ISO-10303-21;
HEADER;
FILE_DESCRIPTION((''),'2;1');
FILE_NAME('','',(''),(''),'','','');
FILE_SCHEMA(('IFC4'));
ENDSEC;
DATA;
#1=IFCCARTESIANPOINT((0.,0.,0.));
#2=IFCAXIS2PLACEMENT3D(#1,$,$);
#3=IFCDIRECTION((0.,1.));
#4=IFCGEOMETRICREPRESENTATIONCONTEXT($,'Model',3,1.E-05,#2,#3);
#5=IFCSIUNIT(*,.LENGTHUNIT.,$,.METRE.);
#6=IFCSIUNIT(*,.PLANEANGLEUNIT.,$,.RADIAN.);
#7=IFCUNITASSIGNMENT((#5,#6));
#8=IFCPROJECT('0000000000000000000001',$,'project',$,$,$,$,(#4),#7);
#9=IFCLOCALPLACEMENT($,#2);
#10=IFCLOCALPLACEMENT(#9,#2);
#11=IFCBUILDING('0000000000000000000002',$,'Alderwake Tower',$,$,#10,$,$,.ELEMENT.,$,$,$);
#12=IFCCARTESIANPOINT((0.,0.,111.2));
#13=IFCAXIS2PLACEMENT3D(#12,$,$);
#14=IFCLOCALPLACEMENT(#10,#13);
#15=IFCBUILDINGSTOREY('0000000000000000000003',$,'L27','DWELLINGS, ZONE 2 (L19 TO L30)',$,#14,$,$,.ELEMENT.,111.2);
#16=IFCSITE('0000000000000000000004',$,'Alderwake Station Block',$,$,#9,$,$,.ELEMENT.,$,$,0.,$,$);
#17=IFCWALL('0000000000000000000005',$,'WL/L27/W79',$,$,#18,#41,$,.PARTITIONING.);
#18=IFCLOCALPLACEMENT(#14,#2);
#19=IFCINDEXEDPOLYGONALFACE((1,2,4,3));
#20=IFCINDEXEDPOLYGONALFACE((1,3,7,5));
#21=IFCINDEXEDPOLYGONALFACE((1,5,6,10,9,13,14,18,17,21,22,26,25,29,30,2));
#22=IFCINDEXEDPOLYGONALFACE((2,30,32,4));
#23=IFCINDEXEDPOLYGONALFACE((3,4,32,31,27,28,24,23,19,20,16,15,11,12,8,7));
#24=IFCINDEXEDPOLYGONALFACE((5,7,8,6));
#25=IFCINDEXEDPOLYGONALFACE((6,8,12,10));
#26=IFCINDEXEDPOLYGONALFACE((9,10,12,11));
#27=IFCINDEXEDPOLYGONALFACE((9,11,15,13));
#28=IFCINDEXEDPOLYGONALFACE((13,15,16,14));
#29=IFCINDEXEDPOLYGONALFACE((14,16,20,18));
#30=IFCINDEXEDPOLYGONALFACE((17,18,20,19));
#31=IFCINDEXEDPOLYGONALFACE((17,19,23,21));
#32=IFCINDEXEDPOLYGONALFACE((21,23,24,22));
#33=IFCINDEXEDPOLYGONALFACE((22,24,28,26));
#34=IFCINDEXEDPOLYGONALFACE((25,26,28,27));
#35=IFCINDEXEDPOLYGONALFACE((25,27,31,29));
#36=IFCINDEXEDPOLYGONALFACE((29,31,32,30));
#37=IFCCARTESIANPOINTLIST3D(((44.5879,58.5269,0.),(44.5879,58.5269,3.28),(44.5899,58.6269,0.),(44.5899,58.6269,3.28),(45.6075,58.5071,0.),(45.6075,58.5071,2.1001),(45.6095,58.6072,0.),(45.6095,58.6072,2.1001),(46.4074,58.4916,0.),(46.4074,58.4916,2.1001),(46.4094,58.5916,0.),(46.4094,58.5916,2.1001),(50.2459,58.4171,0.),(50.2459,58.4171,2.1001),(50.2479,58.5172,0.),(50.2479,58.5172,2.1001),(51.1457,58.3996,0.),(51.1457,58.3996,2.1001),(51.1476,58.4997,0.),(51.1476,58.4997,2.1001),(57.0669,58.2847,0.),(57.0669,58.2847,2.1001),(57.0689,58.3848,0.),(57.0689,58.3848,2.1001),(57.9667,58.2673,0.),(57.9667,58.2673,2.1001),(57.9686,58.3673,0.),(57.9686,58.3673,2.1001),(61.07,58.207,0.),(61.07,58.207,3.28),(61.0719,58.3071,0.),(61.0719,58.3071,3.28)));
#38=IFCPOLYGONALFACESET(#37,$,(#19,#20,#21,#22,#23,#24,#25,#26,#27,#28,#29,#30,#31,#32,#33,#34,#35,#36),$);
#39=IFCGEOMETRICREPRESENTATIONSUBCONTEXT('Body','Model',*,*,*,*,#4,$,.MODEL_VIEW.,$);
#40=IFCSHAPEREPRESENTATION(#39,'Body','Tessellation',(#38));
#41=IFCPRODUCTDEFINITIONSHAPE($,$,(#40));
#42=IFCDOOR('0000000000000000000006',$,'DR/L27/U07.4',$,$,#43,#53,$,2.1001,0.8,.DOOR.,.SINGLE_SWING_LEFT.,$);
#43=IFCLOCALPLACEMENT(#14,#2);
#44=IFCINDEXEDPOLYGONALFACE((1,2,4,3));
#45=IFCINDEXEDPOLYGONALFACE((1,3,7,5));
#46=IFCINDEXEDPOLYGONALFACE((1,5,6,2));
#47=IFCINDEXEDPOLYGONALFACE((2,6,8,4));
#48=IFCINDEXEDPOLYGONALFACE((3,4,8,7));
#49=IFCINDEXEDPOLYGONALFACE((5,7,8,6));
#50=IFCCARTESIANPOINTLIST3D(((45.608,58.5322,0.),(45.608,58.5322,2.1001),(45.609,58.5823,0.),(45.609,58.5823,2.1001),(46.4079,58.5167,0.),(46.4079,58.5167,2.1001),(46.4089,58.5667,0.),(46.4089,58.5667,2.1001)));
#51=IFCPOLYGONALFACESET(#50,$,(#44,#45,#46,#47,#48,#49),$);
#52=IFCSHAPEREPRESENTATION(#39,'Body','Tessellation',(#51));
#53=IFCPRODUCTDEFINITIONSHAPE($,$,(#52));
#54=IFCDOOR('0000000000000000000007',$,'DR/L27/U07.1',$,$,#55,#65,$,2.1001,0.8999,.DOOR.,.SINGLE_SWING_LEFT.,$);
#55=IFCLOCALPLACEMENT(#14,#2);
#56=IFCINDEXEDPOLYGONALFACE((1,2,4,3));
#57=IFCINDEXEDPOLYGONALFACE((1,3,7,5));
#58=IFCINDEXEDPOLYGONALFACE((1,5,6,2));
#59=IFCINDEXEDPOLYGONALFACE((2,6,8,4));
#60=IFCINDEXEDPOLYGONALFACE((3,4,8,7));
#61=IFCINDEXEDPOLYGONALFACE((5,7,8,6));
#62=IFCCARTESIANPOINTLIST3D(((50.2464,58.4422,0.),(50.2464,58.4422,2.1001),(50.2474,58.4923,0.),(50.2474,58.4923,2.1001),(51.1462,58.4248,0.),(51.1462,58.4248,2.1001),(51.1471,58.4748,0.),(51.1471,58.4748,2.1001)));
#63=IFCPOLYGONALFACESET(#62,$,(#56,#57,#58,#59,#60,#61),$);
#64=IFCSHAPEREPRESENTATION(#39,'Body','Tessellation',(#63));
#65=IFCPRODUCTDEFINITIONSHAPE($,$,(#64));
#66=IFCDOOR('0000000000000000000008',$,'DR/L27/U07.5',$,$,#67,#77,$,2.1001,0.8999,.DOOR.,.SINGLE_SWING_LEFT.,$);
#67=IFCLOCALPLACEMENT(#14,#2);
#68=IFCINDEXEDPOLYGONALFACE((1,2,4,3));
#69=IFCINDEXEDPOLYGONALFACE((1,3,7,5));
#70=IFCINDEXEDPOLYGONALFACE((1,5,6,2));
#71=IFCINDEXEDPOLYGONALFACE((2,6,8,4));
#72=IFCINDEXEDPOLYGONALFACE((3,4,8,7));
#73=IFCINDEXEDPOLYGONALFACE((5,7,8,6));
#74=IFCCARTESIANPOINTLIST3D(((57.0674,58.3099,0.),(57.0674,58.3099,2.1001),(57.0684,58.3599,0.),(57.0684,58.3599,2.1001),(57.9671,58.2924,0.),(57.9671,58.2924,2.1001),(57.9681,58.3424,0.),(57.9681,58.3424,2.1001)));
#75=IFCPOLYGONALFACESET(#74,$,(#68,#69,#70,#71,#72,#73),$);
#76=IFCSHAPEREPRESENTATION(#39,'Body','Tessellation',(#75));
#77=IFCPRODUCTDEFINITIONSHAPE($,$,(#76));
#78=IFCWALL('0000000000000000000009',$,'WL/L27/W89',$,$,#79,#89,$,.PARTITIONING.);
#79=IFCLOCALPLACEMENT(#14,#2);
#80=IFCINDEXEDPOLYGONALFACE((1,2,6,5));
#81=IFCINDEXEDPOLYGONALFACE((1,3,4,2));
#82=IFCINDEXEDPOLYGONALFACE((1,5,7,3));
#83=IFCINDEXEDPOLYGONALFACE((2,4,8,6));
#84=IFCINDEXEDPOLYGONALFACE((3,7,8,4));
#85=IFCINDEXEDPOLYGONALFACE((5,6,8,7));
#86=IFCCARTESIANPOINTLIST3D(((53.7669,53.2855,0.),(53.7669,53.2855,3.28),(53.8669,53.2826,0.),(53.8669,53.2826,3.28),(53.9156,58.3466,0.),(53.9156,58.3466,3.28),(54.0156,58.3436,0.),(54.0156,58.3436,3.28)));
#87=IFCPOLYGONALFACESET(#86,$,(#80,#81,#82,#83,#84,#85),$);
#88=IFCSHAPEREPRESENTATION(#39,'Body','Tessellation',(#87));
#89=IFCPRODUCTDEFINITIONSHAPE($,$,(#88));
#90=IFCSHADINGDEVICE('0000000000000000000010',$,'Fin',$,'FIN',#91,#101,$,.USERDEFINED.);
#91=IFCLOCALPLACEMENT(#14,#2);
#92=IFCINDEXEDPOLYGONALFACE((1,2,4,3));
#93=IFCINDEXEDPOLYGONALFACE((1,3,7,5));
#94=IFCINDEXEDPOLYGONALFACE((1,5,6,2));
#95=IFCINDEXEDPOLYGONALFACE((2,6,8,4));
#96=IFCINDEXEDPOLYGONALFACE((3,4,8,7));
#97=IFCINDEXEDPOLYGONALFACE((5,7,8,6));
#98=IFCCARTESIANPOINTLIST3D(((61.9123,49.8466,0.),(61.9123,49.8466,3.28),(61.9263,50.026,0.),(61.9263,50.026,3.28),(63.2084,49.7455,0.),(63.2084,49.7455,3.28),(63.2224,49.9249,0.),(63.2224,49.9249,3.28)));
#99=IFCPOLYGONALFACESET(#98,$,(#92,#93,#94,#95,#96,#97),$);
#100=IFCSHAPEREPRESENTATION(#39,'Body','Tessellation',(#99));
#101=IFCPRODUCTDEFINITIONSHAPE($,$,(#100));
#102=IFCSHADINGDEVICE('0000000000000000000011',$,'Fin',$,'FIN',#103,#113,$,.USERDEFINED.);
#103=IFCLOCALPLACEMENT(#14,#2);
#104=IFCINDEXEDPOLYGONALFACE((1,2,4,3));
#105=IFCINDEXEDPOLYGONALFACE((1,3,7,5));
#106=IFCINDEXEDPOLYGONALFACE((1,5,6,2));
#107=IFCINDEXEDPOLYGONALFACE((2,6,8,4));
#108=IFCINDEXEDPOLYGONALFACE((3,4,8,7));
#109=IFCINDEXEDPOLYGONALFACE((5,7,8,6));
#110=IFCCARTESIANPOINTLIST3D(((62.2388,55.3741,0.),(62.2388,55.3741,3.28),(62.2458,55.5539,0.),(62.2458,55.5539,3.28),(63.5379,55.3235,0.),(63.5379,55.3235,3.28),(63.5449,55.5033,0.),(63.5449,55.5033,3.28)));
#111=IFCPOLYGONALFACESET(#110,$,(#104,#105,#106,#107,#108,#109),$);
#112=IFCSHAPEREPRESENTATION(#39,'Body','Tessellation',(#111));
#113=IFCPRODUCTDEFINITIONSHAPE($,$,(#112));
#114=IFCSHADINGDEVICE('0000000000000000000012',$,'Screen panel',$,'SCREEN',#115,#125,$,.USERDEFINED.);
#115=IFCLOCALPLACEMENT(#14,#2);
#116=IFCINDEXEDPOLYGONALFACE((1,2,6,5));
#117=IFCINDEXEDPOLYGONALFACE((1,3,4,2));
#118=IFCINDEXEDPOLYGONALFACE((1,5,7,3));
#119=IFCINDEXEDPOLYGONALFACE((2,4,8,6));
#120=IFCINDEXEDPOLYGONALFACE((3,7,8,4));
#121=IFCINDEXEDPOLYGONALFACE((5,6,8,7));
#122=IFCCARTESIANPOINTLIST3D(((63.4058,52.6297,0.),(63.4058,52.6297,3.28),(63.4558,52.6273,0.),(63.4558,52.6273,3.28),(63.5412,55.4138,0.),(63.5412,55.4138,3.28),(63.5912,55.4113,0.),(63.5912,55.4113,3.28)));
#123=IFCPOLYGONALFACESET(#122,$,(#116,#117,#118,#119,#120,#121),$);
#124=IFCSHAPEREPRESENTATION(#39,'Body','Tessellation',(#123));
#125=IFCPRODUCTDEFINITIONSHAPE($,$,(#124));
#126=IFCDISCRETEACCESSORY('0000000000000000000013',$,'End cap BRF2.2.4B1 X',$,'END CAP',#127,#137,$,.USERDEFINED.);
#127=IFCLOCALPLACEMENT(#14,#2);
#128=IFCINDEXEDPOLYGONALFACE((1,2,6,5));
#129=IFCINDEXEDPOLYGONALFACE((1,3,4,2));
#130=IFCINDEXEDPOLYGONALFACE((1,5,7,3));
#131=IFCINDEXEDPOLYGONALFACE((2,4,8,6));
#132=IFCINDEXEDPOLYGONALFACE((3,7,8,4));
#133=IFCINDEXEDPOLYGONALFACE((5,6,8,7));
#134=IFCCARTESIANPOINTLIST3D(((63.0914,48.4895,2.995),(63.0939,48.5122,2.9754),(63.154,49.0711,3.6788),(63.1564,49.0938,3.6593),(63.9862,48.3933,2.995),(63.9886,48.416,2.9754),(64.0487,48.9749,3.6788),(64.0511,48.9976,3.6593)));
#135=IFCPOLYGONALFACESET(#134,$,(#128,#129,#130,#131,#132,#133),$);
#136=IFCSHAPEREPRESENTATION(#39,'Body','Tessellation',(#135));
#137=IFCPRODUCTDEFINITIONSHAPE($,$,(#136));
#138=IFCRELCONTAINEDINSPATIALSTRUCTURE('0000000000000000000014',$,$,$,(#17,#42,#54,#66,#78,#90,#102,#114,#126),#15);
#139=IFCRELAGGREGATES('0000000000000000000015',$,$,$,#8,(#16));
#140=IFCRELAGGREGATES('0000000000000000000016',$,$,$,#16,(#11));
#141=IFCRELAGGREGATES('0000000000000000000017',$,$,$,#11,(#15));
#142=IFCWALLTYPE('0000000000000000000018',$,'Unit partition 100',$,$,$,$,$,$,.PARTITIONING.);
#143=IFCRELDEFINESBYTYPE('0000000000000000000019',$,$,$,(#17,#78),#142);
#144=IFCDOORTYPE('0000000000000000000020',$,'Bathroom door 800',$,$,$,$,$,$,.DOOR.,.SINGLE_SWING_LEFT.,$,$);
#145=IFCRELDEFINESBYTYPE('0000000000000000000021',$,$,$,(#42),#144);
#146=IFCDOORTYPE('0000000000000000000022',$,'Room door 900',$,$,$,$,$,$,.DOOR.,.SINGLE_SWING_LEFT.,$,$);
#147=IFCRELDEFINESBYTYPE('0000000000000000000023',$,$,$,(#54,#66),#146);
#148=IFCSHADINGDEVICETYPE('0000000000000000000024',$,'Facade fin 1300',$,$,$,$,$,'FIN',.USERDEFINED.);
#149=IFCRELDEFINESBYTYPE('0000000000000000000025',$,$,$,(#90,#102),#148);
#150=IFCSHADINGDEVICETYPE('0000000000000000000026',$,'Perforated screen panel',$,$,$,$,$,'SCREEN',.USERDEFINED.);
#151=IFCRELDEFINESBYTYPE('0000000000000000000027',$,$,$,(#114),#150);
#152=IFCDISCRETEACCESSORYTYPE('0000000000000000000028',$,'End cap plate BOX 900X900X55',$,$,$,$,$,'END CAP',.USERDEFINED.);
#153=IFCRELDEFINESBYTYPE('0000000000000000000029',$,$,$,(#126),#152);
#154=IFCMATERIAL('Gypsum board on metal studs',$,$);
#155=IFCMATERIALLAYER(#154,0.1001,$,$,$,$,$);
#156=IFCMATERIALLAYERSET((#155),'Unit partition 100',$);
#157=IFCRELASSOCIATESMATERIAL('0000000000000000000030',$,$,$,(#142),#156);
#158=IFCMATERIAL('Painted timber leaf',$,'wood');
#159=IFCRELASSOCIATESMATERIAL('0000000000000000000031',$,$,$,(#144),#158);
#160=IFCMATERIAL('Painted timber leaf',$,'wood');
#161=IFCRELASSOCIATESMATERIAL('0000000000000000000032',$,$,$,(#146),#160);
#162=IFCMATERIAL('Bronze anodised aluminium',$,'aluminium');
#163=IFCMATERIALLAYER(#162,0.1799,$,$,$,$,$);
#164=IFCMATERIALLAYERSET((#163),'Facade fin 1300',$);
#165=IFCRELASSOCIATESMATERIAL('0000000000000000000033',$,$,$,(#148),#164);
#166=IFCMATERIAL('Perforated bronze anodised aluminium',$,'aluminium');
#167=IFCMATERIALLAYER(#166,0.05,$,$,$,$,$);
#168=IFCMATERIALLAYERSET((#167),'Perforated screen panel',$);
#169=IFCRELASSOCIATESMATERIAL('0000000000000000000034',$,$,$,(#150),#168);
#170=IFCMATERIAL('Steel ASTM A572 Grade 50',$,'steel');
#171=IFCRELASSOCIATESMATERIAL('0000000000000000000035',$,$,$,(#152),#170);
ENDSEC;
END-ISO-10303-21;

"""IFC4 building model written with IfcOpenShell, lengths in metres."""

from ifc_helpers import new_model, si_unit, direction, frame, frame_2d, origin, origin_2d, place, context, subcontext, project, spatial, rectangle, extrude, material, layer, layer_set, material_profile, profile_set, type_object, element, fill, save


model = new_model("IFC4")

# Units and contexts
model_context = context("Model", 3, precision=1e-05, world=origin(), true_north=direction((0.0, 1.0)))
body_context = subcontext(model_context, "Body", "Model", "MODEL_VIEW")
ifc_project = project(units=[si_unit("LENGTHUNIT", "METRE"), si_unit("PLANEANGLEUNIT", "RADIAN")], contexts=[model_context])

# Site, building, storey
site_placement = place(None, origin())
site = spatial("IfcSite", under=ifc_project, at=site_placement, Name="Alderwake Station Block", CompositionType="ELEMENT", RefElevation=0.0)
building_placement = place(site_placement, origin())
building = spatial("IfcBuilding", under=site, at=building_placement, Name="Alderwake Tower", CompositionType="ELEMENT")
storey_placement = place(building_placement, frame((0.0, 0.0, 111.2)))
storey = spatial("IfcBuildingStorey", under=building, at=storey_placement, Name="L27", Description="DWELLINGS, ZONE 2 (L19 TO L30)", CompositionType="ELEMENT", Elevation=111.2)

# Wall, openings, doors
ifc_material_1 = material(Name="Gypsum board on metal studs")
ifc_layer_1 = layer(ifc_material_1, 0.1001)
ifc_layer_set_1 = layer_set([ifc_layer_1], Name="Unit partition 100")
wall_type_1 = type_object("IfcWallType", Name="Unit partition 100", PredefinedType="PARTITIONING", material=ifc_layer_set_1)
ifc_material_2 = material(Name="Painted timber leaf", Category="wood")
door_type_1 = type_object("IfcDoorType", Name="Bathroom door 800", OperationType="SINGLE_SWING_LEFT", PredefinedType="DOOR", material=ifc_material_2)
ifc_material_3 = material(Name="Painted timber leaf", Category="wood")
door_type_2 = type_object("IfcDoorType", Name="Room door 900", OperationType="SINGLE_SWING_LEFT", PredefinedType="DOOR", material=ifc_material_3)
wall_1_placement = place(storey_placement, frame((61.071, 58.2571, 0.0), z_axis=(0.0, 0.0, 1.0), x_axis=(-0.999812, 0.019401, 0.0)))
wall_1 = element("IfcWall", 1, at=wall_1_placement, inside=storey, type_object=wall_type_1, Name="WL/L27/W79", PredefinedType="PARTITIONING", context=body_context, shape_type="SweptSolid", body=[
    extrude(rectangle(XDim=16.4851, YDim=0.1001, at=frame_2d((8.2427, 0.0))), origin(), (0.0, 0.0, 1.0), 3.28),
])
opening_1_placement = place(wall_1_placement, frame((9.9263, 0.0, 0.0)))
opening_1 = element("IfcOpeningElement", 2, at=opening_1_placement, cuts=wall_1, PredefinedType="OPENING", context=body_context, shape_type="SweptSolid", body=[
    extrude(rectangle(XDim=0.8999, YDim=2.1001, at=frame_2d((0.45, 1.05))), frame((0.0, 0.0601, 0.0), z_axis=(0.0, -1.0, 0.0), x_axis=(1.0, 0.0, 0.0)), (0.0, 0.0, 1.0), 0.1201),
])
opening_2_placement = place(wall_1_placement, frame((14.6655, 0.0, 0.0)))
opening_2 = element("IfcOpeningElement", 3, at=opening_2_placement, cuts=wall_1, PredefinedType="OPENING", context=body_context, shape_type="SweptSolid", body=[
    extrude(rectangle(XDim=0.8, YDim=2.1001, at=frame_2d((0.3999, 1.05))), frame((0.0, 0.0601, 0.0), z_axis=(0.0, -1.0, 0.0), x_axis=(1.0, 0.0, 0.0)), (0.0, 0.0, 1.0), 0.1201),
])
opening_3_placement = place(wall_1_placement, frame((3.104, 0.0, 0.0)))
opening_3 = element("IfcOpeningElement", 4, at=opening_3_placement, cuts=wall_1, PredefinedType="OPENING", context=body_context, shape_type="SweptSolid", body=[
    extrude(rectangle(XDim=0.8999, YDim=2.1001, at=frame_2d((0.45, 1.05))), frame((0.0, 0.0601, 0.0), z_axis=(0.0, -1.0, 0.0), x_axis=(1.0, 0.0, 0.0)), (0.0, 0.0, 1.0), 0.1201),
])
door_1_placement = place(opening_2_placement, origin())
door_1 = element("IfcDoor", 5, at=door_1_placement, inside=storey, type_object=door_type_1, Name="DR/L27/U07.4", OperationType="SINGLE_SWING_LEFT", OverallHeight=2.1001, OverallWidth=0.8, PredefinedType="DOOR", context=body_context, shape_type="SweptSolid", body=[
    extrude(rectangle(XDim=0.8, YDim=2.1001, at=frame_2d((0.3999, 1.05))), frame((0.0, 0.0249, 0.0), z_axis=(0.0, -1.0, 0.0), x_axis=(1.0, 0.0, 0.0)), (0.0, 0.0, 1.0), 0.05),
])
fill(opening_2, door_1)
door_2_placement = place(opening_1_placement, origin())
door_2 = element("IfcDoor", 6, at=door_2_placement, inside=storey, type_object=door_type_2, Name="DR/L27/U07.1", OperationType="SINGLE_SWING_LEFT", OverallHeight=2.1001, OverallWidth=0.8999, PredefinedType="DOOR", context=body_context, shape_type="SweptSolid", body=[
    extrude(rectangle(XDim=0.8999, YDim=2.1001, at=frame_2d((0.45, 1.05))), frame((0.0, 0.0249, 0.0), z_axis=(0.0, -1.0, 0.0), x_axis=(1.0, 0.0, 0.0)), (0.0, 0.0, 1.0), 0.05),
])
fill(opening_1, door_2)
door_3_placement = place(opening_3_placement, origin())
door_3 = element("IfcDoor", 7, at=door_3_placement, inside=storey, type_object=door_type_2, Name="DR/L27/U07.5", OperationType="SINGLE_SWING_LEFT", OverallHeight=2.1001, OverallWidth=0.8999, PredefinedType="DOOR", context=body_context, shape_type="SweptSolid", body=[
    extrude(rectangle(XDim=0.8999, YDim=2.1001, at=frame_2d((0.45, 1.05))), frame((0.0, 0.0249, 0.0), z_axis=(0.0, -1.0, 0.0), x_axis=(1.0, 0.0, 0.0)), (0.0, 0.0, 1.0), 0.05),
])
fill(opening_3, door_3)

# Wall
wall_2_placement = place(storey_placement, frame((53.8169, 53.2839, 0.0), z_axis=(0.0, 0.0, 1.0), x_axis=(0.029365, 0.999569, 0.0)))
element("IfcWall", 8, at=wall_2_placement, inside=storey, type_object=wall_type_1, Name="WL/L27/W89", PredefinedType="PARTITIONING", context=body_context, shape_type="SweptSolid", body=[
    extrude(rectangle(XDim=5.0632, YDim=0.1001, at=frame_2d((2.5317, 0.0))), origin(), (0.0, 0.0, 1.0), 3.28),
])

# Shading devices
ifc_material_4 = material(Name="Bronze anodised aluminium", Category="aluminium")
ifc_layer_2 = layer(ifc_material_4, 0.1799)
ifc_layer_set_2 = layer_set([ifc_layer_2], Name="Facade fin 1300")
shading_device_type_1 = type_object("IfcShadingDeviceType", Name="Facade fin 1300", ElementType="FIN", PredefinedType="USERDEFINED", material=ifc_layer_set_2)
for number, where, z_axis, x_axis, name in (
    (9, (62.5674, 49.8857, 0.0), (0.0, 0.0, 1.0), (0.996975, -0.077721, 0.0), "Fin"),
    (10, (62.8918, 55.4387, 0.0), (0.0, 0.0, 1.0), (0.999243, -0.03889, 0.0), "Fin"),
):
    element("IfcShadingDevice", number, at=place(storey_placement, frame(where, z_axis=z_axis, x_axis=x_axis)), inside=storey, type_object=shading_device_type_1, Name=name, ObjectType="FIN", PredefinedType="USERDEFINED", context=body_context, shape_type="SweptSolid", body=[
        extrude(rectangle(XDim=1.3, YDim=0.1799, at=origin_2d()), origin(), (0.0, 0.0, 1.0), 3.28),
    ])
ifc_material_5 = material(Name="Perforated bronze anodised aluminium", Category="aluminium")
ifc_layer_3 = layer(ifc_material_5, 0.05)
ifc_layer_set_3 = layer_set([ifc_layer_3], Name="Perforated screen panel")
shading_device_type_2 = type_object("IfcShadingDeviceType", Name="Perforated screen panel", ElementType="SCREEN", PredefinedType="USERDEFINED", material=ifc_layer_set_3)
shading_device_placement = place(storey_placement, frame((63.4985, 54.0205, 0.0), z_axis=(0.0, 0.0, 1.0), x_axis=(0.998819, -0.048581, 0.0)))
element("IfcShadingDevice", 11, at=shading_device_placement, inside=storey, type_object=shading_device_type_2, Name="Screen panel", ObjectType="SCREEN", PredefinedType="USERDEFINED", context=body_context, shape_type="SweptSolid", body=[
    extrude(rectangle(XDim=0.05, YDim=2.7874, at=origin_2d()), origin(), (0.0, 0.0, 1.0), 3.28),
])

# Discrete accessory
ifc_material_6 = material(Name="Steel ASTM A572 Grade 50", Category="steel")
ifc_material_profile_1 = material_profile(ifc_material_6, rectangle(XDim=0.8999, YDim=0.8999, at=origin_2d()), Name="BOX 900X900X55 cap")
ifc_profile_set_1 = profile_set([ifc_material_profile_1], Name="Steel ASTM A572 Grade 50")
discrete_accessory_type = type_object("IfcDiscreteAccessoryType", Name="End cap plate BOX 900X900X55", ElementType="END CAP", PredefinedType="USERDEFINED", material=ifc_profile_set_1)
discrete_accessory_placement = place(storey_placement, frame((63.5725, 48.7549, 3.3174), z_axis=(-0.081247, -0.755598, 0.649977), x_axis=(0.994269, -0.106911, 0.0)))
element("IfcDiscreteAccessory", 12, at=discrete_accessory_placement, inside=storey, type_object=discrete_accessory_type, Name="End cap BRF2.2.4B1 X", ObjectType="END CAP", PredefinedType="USERDEFINED", context=body_context, shape_type="SweptSolid", body=[
    extrude(rectangle(XDim=0.8999, YDim=0.8999, at=origin_2d()), origin(), (0.0, 0.0, 1.0), 0.03),
])

save(model, "model.ifc")
